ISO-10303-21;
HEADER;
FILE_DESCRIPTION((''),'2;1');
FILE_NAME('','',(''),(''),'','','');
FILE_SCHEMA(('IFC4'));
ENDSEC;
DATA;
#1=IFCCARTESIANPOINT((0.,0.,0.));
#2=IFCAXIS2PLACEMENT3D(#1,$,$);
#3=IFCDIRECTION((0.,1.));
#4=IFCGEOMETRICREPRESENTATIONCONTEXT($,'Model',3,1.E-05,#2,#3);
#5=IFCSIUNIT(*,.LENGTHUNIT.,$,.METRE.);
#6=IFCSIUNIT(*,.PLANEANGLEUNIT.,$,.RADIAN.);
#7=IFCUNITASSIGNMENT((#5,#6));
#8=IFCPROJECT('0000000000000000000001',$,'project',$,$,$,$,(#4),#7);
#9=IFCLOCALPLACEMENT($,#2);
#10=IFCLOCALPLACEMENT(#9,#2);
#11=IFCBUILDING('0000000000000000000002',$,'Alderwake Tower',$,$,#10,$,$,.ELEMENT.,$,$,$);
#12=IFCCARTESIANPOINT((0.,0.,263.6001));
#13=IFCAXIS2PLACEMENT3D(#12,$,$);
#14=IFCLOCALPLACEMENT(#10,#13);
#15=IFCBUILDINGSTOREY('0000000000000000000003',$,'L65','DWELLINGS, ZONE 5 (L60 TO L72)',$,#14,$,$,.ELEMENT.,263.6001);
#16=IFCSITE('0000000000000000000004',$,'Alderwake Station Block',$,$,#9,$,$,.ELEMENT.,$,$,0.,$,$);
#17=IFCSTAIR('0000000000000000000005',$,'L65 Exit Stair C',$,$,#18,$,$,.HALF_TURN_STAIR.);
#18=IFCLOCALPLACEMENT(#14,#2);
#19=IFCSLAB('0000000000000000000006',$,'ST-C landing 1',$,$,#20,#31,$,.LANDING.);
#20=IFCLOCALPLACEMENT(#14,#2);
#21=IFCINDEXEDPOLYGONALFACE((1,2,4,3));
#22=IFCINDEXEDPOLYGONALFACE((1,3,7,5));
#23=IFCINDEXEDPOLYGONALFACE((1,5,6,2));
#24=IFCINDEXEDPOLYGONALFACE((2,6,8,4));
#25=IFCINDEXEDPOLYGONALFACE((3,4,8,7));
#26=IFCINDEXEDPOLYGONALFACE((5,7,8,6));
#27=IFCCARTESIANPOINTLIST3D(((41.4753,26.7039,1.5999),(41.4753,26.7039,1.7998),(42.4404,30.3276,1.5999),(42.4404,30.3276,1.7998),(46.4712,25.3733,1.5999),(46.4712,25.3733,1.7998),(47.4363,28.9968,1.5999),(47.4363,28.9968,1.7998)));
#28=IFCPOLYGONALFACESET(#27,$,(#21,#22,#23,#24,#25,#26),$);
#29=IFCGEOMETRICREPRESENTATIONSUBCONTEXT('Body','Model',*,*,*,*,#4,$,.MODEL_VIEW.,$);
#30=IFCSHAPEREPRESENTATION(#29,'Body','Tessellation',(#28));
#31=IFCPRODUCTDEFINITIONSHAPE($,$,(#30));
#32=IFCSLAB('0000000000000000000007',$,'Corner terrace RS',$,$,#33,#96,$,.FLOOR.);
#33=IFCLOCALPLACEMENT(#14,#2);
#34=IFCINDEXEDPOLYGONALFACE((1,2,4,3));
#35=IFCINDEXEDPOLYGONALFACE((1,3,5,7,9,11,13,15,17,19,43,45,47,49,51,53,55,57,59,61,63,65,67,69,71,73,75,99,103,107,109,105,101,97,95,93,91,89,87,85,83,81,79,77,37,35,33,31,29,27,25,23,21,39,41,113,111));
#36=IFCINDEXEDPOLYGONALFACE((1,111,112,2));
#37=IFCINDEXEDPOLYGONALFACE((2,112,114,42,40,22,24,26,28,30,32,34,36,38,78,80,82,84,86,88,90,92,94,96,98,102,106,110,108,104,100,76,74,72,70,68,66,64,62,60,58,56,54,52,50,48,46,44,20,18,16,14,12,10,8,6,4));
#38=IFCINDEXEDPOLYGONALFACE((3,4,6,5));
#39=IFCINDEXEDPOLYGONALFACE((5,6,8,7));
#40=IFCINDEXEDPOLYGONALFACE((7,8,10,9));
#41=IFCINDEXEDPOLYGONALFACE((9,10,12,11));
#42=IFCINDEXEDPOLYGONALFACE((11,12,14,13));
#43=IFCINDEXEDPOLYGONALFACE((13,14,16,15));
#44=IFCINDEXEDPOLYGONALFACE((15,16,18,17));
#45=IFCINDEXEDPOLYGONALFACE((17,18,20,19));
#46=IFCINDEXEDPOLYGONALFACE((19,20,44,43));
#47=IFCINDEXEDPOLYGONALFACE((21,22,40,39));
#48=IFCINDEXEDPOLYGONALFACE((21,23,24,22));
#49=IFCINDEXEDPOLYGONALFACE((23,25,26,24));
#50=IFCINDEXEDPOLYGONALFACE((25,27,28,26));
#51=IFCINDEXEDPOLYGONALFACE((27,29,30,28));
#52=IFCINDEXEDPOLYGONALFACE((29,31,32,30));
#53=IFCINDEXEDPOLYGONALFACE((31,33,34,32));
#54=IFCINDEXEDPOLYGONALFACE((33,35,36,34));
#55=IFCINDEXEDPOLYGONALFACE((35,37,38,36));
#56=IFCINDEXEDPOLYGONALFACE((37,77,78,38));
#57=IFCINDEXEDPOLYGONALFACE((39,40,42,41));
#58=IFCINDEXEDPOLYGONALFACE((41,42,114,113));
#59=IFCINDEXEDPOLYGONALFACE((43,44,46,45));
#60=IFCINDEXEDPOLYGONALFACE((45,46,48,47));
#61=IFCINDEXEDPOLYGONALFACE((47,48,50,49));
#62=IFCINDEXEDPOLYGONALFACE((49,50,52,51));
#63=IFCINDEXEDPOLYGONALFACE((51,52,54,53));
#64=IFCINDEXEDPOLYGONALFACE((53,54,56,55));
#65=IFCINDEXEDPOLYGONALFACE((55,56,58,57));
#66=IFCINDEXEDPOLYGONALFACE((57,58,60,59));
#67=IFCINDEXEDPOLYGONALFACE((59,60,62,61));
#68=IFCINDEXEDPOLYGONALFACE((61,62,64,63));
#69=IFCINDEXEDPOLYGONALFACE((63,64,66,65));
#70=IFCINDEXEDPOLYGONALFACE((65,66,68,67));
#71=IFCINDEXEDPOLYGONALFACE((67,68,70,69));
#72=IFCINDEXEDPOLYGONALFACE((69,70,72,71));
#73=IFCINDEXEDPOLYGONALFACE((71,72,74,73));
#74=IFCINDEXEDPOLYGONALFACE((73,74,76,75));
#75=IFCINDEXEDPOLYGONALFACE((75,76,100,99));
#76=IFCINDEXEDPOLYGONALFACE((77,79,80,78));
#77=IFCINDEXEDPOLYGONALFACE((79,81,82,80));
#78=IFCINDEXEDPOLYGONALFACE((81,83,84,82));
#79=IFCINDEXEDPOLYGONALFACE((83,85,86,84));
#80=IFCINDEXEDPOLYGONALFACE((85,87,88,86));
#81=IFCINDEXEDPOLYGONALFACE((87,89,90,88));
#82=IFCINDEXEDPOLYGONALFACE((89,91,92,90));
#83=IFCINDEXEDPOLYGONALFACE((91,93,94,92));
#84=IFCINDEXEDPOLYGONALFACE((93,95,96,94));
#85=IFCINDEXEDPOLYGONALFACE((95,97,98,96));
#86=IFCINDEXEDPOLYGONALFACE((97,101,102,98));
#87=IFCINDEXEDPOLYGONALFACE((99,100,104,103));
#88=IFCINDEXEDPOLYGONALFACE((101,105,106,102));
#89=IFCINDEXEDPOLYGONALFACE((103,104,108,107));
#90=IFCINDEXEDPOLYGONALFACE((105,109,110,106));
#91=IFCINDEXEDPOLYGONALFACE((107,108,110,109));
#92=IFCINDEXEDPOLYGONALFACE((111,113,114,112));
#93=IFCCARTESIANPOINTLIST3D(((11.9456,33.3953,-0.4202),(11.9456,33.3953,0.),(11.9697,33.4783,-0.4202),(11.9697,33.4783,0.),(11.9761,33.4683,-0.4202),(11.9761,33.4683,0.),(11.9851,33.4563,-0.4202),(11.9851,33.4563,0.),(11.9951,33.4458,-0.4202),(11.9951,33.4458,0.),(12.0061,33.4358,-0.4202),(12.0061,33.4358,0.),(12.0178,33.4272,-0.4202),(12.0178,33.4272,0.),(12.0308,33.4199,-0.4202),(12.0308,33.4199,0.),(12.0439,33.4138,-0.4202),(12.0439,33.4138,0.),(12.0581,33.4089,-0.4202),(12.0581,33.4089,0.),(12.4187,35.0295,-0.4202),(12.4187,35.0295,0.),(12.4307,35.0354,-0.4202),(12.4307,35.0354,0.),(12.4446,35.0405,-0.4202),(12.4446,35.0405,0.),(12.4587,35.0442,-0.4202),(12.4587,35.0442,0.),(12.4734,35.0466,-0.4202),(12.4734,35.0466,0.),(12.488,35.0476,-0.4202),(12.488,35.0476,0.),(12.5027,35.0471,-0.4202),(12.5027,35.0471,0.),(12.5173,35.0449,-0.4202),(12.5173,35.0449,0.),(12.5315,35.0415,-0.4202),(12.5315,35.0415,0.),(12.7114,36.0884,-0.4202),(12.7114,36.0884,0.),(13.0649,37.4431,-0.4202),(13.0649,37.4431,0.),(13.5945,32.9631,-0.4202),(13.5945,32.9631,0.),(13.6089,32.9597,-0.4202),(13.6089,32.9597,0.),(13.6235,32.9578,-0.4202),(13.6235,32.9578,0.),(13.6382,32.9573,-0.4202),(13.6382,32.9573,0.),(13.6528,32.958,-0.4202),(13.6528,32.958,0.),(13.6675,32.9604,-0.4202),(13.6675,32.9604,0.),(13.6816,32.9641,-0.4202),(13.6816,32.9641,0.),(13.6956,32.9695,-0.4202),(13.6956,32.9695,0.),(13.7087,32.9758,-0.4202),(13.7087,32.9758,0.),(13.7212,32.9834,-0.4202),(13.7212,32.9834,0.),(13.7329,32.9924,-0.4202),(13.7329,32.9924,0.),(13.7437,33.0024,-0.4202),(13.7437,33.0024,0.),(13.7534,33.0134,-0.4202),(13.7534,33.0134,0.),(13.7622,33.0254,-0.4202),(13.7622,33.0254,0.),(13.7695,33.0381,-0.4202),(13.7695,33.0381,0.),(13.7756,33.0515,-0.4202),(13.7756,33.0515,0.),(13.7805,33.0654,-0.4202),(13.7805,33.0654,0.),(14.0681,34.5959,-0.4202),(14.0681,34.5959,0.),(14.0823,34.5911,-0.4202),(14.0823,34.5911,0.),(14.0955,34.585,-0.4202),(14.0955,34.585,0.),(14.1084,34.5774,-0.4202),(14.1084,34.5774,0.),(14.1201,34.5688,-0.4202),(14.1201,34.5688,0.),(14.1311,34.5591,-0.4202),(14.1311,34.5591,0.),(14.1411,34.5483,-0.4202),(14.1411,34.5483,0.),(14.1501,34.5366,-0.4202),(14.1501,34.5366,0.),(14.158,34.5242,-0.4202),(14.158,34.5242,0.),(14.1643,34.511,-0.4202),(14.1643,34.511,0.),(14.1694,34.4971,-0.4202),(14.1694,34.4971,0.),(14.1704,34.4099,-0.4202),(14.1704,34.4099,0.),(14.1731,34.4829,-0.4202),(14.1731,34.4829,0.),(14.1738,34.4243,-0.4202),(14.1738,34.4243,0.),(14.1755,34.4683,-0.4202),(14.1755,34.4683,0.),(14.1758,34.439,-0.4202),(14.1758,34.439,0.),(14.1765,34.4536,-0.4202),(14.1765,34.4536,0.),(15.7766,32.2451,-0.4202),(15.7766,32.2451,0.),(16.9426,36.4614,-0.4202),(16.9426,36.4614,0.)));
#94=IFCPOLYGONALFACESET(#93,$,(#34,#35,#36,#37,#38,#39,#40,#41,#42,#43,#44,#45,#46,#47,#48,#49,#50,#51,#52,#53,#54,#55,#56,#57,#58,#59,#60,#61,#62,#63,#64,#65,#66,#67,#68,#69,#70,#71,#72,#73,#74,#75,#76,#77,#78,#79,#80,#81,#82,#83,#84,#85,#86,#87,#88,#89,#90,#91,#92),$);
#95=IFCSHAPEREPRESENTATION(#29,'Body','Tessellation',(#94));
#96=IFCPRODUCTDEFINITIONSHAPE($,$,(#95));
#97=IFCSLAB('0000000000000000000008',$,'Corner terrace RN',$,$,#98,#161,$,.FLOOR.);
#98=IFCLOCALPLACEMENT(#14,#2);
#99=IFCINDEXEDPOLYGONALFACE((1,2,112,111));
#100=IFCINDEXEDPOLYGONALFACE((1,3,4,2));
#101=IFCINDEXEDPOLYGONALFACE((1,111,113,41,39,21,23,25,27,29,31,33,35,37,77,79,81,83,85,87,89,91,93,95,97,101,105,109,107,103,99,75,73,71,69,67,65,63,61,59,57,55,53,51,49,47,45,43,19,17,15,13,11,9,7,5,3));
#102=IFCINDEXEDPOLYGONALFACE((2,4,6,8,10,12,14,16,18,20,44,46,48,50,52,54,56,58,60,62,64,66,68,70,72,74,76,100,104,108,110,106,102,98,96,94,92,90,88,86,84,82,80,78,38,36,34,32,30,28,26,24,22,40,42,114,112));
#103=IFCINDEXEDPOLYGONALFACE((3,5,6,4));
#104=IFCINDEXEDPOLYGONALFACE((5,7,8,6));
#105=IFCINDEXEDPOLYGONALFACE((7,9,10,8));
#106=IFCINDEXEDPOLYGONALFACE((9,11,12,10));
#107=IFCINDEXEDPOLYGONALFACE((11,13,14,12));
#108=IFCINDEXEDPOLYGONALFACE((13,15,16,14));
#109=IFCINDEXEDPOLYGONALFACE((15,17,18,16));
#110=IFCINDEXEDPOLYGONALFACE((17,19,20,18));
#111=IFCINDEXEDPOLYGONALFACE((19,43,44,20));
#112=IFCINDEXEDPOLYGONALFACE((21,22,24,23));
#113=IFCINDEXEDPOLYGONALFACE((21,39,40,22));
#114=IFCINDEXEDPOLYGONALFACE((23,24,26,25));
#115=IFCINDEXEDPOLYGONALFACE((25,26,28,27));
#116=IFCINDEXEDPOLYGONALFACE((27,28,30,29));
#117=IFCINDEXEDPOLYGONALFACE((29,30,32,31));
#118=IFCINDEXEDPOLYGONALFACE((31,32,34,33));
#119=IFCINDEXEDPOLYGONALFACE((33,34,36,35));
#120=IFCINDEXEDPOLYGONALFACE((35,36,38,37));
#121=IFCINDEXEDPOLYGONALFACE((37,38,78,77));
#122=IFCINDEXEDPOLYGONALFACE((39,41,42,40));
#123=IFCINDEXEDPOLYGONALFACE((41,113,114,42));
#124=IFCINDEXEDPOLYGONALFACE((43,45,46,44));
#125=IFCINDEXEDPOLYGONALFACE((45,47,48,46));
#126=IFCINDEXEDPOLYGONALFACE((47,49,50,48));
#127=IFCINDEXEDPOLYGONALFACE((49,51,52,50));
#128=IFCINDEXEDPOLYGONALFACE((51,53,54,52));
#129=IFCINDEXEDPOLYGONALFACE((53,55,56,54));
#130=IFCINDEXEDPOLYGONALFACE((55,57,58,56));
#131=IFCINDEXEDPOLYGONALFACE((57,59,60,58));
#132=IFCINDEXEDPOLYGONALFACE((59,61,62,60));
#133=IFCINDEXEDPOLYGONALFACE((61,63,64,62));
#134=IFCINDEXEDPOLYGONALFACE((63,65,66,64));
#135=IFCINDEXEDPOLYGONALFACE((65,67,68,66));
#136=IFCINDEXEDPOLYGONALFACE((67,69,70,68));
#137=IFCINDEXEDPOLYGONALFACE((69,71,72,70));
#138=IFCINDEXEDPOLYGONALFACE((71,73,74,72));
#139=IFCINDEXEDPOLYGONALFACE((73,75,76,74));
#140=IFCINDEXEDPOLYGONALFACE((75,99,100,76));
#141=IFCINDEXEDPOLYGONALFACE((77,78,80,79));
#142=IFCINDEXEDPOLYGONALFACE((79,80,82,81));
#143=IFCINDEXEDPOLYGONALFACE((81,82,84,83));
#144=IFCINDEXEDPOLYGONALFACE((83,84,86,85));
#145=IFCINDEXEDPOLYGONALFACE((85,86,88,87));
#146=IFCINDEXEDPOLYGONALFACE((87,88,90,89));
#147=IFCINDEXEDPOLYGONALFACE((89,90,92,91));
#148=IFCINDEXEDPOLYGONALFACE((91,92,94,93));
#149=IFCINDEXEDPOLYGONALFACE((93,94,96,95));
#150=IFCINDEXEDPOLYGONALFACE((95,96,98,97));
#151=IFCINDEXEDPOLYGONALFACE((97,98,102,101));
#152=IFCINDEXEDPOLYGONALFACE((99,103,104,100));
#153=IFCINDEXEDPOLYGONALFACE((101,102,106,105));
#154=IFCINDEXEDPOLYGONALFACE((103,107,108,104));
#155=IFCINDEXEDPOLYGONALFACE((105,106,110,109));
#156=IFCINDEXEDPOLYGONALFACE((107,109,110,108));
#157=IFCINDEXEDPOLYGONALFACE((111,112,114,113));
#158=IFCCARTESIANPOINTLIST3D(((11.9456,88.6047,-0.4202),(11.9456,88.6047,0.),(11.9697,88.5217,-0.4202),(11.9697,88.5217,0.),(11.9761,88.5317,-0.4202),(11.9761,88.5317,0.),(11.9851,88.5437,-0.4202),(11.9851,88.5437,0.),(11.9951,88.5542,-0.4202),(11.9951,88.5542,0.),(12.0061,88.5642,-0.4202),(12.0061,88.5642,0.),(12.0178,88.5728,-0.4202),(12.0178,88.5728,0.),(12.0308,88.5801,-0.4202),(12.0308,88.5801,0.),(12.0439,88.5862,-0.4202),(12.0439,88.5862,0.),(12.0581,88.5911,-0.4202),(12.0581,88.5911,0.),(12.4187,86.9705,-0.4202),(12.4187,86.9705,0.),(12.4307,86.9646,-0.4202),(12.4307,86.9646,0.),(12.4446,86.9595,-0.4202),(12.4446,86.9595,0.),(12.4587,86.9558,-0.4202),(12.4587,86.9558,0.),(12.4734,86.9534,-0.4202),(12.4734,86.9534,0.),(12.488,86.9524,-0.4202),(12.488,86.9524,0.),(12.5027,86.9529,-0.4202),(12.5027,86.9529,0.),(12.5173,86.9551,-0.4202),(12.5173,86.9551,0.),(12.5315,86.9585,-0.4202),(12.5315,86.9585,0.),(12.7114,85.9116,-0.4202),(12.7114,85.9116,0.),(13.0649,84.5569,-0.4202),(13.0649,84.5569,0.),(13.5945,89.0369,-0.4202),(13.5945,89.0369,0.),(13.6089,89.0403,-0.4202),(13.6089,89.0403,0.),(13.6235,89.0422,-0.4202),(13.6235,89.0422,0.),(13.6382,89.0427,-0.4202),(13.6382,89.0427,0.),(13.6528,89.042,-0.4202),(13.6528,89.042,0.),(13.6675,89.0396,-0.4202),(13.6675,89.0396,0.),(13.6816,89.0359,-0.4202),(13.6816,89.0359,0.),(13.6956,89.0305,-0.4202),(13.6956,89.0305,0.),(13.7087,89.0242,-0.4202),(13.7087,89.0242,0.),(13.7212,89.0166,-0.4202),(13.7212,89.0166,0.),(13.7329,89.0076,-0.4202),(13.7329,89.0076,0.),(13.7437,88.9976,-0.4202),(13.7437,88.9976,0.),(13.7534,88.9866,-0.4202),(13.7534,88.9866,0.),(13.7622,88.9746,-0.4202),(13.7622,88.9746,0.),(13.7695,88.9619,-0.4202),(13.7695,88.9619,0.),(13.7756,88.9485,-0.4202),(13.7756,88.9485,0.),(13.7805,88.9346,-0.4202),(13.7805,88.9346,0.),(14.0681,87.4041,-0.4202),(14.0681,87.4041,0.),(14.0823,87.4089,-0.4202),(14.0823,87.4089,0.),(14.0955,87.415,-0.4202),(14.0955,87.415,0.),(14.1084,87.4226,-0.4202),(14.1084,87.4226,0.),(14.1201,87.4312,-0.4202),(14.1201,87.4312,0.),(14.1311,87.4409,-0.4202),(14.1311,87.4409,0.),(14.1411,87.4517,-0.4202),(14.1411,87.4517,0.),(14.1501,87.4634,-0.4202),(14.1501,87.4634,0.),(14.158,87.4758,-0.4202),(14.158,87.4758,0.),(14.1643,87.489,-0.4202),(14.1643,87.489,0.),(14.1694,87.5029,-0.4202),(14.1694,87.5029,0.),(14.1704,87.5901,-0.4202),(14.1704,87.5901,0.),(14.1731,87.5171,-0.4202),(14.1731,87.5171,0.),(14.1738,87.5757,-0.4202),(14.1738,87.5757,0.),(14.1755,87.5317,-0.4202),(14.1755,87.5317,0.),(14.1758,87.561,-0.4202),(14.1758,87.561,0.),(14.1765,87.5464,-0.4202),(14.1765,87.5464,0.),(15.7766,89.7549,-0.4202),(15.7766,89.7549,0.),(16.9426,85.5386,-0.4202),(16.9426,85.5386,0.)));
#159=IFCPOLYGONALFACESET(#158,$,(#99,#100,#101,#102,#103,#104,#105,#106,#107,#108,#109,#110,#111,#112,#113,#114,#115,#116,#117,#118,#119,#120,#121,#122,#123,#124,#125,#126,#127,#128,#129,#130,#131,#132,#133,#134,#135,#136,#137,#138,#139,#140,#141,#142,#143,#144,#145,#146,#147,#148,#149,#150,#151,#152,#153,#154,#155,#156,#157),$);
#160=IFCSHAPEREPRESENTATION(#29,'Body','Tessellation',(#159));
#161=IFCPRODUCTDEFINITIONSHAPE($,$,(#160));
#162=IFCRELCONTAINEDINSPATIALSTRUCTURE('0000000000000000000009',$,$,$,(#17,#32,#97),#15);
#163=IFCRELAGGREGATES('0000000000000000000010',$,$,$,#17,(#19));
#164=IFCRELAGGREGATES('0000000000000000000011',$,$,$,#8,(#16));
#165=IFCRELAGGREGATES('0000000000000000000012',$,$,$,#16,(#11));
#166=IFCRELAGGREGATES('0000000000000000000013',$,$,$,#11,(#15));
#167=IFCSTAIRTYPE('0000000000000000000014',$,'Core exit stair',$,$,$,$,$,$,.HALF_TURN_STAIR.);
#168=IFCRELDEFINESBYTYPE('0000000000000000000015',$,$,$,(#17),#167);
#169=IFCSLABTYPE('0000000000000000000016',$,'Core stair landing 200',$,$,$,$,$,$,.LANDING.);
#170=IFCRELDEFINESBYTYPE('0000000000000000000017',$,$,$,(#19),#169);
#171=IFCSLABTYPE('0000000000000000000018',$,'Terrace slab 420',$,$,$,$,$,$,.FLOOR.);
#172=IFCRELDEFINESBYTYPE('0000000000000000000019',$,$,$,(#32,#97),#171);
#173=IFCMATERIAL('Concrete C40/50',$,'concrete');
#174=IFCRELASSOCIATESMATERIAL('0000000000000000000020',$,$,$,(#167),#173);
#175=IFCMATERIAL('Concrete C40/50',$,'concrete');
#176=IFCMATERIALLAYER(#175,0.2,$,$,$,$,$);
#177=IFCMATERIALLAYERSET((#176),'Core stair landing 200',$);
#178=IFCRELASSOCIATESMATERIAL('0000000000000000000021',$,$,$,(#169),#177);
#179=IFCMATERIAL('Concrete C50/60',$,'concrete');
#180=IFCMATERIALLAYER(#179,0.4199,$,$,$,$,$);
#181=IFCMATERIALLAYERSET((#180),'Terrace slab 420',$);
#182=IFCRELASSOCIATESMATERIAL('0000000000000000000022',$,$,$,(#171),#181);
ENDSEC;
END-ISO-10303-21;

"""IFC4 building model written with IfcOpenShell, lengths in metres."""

from ifc_helpers import new_model, si_unit, direction, frame, origin, place, context, subcontext, project, spatial, polyline, outline, extrude, material, layer, layer_set, type_object, element, aggregate, save


model = new_model("IFC4")

# Units and contexts
model_context = context("Model", 3, precision=1e-05, world=origin(), true_north=direction((0.0, 1.0)))
body_context = subcontext(model_context, "Body", "Model", "MODEL_VIEW")
ifc_project = project(units=[si_unit("LENGTHUNIT", "METRE"), si_unit("PLANEANGLEUNIT", "RADIAN")], contexts=[model_context])

# Site, building, storey
site_placement = place(None, origin())
site = spatial("IfcSite", under=ifc_project, at=site_placement, Name="Alderwake Station Block", CompositionType="ELEMENT", RefElevation=0.0)
building_placement = place(site_placement, origin())
building = spatial("IfcBuilding", under=site, at=building_placement, Name="Alderwake Tower", CompositionType="ELEMENT")
storey_placement = place(building_placement, frame((0.0, 0.0, 263.6001)))
storey = spatial("IfcBuildingStorey", under=building, at=storey_placement, Name="L65", Description="DWELLINGS, ZONE 5 (L60 TO L72)", CompositionType="ELEMENT", Elevation=263.6001)

# Stair, slab
ifc_material_1 = material(Name="Concrete C40/50", Category="concrete")
stair_type = type_object("IfcStairType", Name="Core exit stair", PredefinedType="HALF_TURN_STAIR", material=ifc_material_1)
ifc_material_2 = material(Name="Concrete C40/50", Category="concrete")
ifc_layer_1 = layer(ifc_material_2, 0.2)
ifc_layer_set_1 = layer_set([ifc_layer_1], Name="Core stair landing 200")
slab_type_1 = type_object("IfcSlabType", Name="Core stair landing 200", PredefinedType="LANDING", material=ifc_layer_set_1)
stair_1_placement = place(storey_placement, origin())
stair_1 = element("IfcStair", 1, at=stair_1_placement, inside=storey, type_object=stair_type, Name="L65 Exit Stair C", PredefinedType="HALF_TURN_STAIR")
slab_1_placement = place(storey_placement, frame((0.0, 0.0, 1.5999)))
slab_1 = element("IfcSlab", 2, at=slab_1_placement, type_object=slab_type_1, Name="ST-C landing 1", PredefinedType="LANDING", context=body_context, shape_type="SweptSolid", body=[
    extrude(outline(polyline([(41.4753, 26.7039), (46.4712, 25.3733), (47.4363, 28.9968), (42.4404, 30.3276), (41.4753, 26.7039)])), origin(), (0.0, 0.0, 1.0), 0.2),
])
aggregate(stair_1, [slab_1])

# Slabs
ifc_material_3 = material(Name="Concrete C50/60", Category="concrete")
ifc_layer_2 = layer(ifc_material_3, 0.4199)
ifc_layer_set_2 = layer_set([ifc_layer_2], Name="Terrace slab 420")
slab_type_2 = type_object("IfcSlabType", Name="Terrace slab 420", PredefinedType="FLOOR", material=ifc_layer_set_2)
slab_2_placement = place(storey_placement, frame((0.0, 0.0, -0.4202)))
element("IfcSlab", 3, at=slab_2_placement, inside=storey, type_object=slab_type_2, Name="Corner terrace RS", PredefinedType="FLOOR", context=body_context, shape_type="SweptSolid", body=[
    extrude(outline(polyline([(15.7766, 32.2451), (11.9456, 33.3953), (11.9697, 33.4783), (11.9761, 33.4683), (11.9851, 33.4563), (11.9951, 33.4458), (12.0061, 33.4358), (12.0178, 33.4272), (12.0308, 33.4199), (12.0439, 33.4138), (12.0581, 33.4089), (13.5945, 32.9631), (13.6089, 32.9597), (13.6235, 32.9578), (13.6382, 32.9573), (13.6528, 32.958), (13.6675, 32.9604), (13.6816, 32.9641), (13.6956, 32.9695), (13.7087, 32.9758), (13.7212, 32.9834), (13.7329, 32.9924), (13.7437, 33.0024), (13.7534, 33.0134), (13.7622, 33.0254), (13.7695, 33.0381), (13.7756, 33.0515), (13.7805, 33.0654), (14.1704, 34.4099), (14.1738, 34.4243), (14.1758, 34.439), (14.1765, 34.4536), (14.1755, 34.4683), (14.1731, 34.4829), (14.1694, 34.4971), (14.1643, 34.511), (14.158, 34.5242), (14.1501, 34.5366), (14.1411, 34.5483), (14.1311, 34.5591), (14.1201, 34.5688), (14.1084, 34.5774), (14.0955, 34.585), (14.0823, 34.5911), (14.0681, 34.5959), (12.5315, 35.0415), (12.5173, 35.0449), (12.5027, 35.0471), (12.488, 35.0476), (12.4734, 35.0466), (12.4587, 35.0442), (12.4446, 35.0405), (12.4307, 35.0354), (12.4187, 35.0295), (12.7114, 36.0884), (13.0649, 37.4431), (16.9426, 36.4614), (15.7766, 32.2451)])), origin(), (0.0, 0.0, 1.0), 0.4202),
])
slab_3_placement = place(storey_placement, frame((0.0, 0.0, -0.4202)))
element("IfcSlab", 4, at=slab_3_placement, inside=storey, type_object=slab_type_2, Name="Corner terrace RN", PredefinedType="FLOOR", context=body_context, shape_type="SweptSolid", body=[
    extrude(outline(polyline([(12.4187, 86.9705), (12.4307, 86.9646), (12.4446, 86.9595), (12.4587, 86.9558), (12.4734, 86.9534), (12.488, 86.9524), (12.5027, 86.9529), (12.5173, 86.9551), (12.5315, 86.9585), (14.0681, 87.4041), (14.0823, 87.4089), (14.0955, 87.415), (14.1084, 87.4226), (14.1201, 87.4312), (14.1311, 87.4409), (14.1411, 87.4517), (14.1501, 87.4634), (14.158, 87.4758), (14.1643, 87.489), (14.1694, 87.5029), (14.1731, 87.5171), (14.1755, 87.5317), (14.1765, 87.5464), (14.1758, 87.561), (14.1738, 87.5757), (14.1704, 87.5901), (13.7805, 88.9346), (13.7756, 88.9485), (13.7695, 88.9619), (13.7622, 88.9746), (13.7534, 88.9866), (13.7437, 88.9976), (13.7329, 89.0076), (13.7212, 89.0166), (13.7087, 89.0242), (13.6956, 89.0305), (13.6816, 89.0359), (13.6675, 89.0396), (13.6528, 89.042), (13.6382, 89.0427), (13.6235, 89.0422), (13.6089, 89.0403), (13.5945, 89.0369), (12.0581, 88.5911), (12.0439, 88.5862), (12.0308, 88.5801), (12.0178, 88.5728), (12.0061, 88.5642), (11.9951, 88.5542), (11.9851, 88.5437), (11.9761, 88.5317), (11.9697, 88.5217), (11.9456, 88.6047), (15.7766, 89.7549), (16.9426, 85.5386), (13.0649, 84.5569), (12.7114, 85.9116), (12.4187, 86.9705)])), origin(), (0.0, 0.0, 1.0), 0.4202),
])

save(model, "model.ifc")
